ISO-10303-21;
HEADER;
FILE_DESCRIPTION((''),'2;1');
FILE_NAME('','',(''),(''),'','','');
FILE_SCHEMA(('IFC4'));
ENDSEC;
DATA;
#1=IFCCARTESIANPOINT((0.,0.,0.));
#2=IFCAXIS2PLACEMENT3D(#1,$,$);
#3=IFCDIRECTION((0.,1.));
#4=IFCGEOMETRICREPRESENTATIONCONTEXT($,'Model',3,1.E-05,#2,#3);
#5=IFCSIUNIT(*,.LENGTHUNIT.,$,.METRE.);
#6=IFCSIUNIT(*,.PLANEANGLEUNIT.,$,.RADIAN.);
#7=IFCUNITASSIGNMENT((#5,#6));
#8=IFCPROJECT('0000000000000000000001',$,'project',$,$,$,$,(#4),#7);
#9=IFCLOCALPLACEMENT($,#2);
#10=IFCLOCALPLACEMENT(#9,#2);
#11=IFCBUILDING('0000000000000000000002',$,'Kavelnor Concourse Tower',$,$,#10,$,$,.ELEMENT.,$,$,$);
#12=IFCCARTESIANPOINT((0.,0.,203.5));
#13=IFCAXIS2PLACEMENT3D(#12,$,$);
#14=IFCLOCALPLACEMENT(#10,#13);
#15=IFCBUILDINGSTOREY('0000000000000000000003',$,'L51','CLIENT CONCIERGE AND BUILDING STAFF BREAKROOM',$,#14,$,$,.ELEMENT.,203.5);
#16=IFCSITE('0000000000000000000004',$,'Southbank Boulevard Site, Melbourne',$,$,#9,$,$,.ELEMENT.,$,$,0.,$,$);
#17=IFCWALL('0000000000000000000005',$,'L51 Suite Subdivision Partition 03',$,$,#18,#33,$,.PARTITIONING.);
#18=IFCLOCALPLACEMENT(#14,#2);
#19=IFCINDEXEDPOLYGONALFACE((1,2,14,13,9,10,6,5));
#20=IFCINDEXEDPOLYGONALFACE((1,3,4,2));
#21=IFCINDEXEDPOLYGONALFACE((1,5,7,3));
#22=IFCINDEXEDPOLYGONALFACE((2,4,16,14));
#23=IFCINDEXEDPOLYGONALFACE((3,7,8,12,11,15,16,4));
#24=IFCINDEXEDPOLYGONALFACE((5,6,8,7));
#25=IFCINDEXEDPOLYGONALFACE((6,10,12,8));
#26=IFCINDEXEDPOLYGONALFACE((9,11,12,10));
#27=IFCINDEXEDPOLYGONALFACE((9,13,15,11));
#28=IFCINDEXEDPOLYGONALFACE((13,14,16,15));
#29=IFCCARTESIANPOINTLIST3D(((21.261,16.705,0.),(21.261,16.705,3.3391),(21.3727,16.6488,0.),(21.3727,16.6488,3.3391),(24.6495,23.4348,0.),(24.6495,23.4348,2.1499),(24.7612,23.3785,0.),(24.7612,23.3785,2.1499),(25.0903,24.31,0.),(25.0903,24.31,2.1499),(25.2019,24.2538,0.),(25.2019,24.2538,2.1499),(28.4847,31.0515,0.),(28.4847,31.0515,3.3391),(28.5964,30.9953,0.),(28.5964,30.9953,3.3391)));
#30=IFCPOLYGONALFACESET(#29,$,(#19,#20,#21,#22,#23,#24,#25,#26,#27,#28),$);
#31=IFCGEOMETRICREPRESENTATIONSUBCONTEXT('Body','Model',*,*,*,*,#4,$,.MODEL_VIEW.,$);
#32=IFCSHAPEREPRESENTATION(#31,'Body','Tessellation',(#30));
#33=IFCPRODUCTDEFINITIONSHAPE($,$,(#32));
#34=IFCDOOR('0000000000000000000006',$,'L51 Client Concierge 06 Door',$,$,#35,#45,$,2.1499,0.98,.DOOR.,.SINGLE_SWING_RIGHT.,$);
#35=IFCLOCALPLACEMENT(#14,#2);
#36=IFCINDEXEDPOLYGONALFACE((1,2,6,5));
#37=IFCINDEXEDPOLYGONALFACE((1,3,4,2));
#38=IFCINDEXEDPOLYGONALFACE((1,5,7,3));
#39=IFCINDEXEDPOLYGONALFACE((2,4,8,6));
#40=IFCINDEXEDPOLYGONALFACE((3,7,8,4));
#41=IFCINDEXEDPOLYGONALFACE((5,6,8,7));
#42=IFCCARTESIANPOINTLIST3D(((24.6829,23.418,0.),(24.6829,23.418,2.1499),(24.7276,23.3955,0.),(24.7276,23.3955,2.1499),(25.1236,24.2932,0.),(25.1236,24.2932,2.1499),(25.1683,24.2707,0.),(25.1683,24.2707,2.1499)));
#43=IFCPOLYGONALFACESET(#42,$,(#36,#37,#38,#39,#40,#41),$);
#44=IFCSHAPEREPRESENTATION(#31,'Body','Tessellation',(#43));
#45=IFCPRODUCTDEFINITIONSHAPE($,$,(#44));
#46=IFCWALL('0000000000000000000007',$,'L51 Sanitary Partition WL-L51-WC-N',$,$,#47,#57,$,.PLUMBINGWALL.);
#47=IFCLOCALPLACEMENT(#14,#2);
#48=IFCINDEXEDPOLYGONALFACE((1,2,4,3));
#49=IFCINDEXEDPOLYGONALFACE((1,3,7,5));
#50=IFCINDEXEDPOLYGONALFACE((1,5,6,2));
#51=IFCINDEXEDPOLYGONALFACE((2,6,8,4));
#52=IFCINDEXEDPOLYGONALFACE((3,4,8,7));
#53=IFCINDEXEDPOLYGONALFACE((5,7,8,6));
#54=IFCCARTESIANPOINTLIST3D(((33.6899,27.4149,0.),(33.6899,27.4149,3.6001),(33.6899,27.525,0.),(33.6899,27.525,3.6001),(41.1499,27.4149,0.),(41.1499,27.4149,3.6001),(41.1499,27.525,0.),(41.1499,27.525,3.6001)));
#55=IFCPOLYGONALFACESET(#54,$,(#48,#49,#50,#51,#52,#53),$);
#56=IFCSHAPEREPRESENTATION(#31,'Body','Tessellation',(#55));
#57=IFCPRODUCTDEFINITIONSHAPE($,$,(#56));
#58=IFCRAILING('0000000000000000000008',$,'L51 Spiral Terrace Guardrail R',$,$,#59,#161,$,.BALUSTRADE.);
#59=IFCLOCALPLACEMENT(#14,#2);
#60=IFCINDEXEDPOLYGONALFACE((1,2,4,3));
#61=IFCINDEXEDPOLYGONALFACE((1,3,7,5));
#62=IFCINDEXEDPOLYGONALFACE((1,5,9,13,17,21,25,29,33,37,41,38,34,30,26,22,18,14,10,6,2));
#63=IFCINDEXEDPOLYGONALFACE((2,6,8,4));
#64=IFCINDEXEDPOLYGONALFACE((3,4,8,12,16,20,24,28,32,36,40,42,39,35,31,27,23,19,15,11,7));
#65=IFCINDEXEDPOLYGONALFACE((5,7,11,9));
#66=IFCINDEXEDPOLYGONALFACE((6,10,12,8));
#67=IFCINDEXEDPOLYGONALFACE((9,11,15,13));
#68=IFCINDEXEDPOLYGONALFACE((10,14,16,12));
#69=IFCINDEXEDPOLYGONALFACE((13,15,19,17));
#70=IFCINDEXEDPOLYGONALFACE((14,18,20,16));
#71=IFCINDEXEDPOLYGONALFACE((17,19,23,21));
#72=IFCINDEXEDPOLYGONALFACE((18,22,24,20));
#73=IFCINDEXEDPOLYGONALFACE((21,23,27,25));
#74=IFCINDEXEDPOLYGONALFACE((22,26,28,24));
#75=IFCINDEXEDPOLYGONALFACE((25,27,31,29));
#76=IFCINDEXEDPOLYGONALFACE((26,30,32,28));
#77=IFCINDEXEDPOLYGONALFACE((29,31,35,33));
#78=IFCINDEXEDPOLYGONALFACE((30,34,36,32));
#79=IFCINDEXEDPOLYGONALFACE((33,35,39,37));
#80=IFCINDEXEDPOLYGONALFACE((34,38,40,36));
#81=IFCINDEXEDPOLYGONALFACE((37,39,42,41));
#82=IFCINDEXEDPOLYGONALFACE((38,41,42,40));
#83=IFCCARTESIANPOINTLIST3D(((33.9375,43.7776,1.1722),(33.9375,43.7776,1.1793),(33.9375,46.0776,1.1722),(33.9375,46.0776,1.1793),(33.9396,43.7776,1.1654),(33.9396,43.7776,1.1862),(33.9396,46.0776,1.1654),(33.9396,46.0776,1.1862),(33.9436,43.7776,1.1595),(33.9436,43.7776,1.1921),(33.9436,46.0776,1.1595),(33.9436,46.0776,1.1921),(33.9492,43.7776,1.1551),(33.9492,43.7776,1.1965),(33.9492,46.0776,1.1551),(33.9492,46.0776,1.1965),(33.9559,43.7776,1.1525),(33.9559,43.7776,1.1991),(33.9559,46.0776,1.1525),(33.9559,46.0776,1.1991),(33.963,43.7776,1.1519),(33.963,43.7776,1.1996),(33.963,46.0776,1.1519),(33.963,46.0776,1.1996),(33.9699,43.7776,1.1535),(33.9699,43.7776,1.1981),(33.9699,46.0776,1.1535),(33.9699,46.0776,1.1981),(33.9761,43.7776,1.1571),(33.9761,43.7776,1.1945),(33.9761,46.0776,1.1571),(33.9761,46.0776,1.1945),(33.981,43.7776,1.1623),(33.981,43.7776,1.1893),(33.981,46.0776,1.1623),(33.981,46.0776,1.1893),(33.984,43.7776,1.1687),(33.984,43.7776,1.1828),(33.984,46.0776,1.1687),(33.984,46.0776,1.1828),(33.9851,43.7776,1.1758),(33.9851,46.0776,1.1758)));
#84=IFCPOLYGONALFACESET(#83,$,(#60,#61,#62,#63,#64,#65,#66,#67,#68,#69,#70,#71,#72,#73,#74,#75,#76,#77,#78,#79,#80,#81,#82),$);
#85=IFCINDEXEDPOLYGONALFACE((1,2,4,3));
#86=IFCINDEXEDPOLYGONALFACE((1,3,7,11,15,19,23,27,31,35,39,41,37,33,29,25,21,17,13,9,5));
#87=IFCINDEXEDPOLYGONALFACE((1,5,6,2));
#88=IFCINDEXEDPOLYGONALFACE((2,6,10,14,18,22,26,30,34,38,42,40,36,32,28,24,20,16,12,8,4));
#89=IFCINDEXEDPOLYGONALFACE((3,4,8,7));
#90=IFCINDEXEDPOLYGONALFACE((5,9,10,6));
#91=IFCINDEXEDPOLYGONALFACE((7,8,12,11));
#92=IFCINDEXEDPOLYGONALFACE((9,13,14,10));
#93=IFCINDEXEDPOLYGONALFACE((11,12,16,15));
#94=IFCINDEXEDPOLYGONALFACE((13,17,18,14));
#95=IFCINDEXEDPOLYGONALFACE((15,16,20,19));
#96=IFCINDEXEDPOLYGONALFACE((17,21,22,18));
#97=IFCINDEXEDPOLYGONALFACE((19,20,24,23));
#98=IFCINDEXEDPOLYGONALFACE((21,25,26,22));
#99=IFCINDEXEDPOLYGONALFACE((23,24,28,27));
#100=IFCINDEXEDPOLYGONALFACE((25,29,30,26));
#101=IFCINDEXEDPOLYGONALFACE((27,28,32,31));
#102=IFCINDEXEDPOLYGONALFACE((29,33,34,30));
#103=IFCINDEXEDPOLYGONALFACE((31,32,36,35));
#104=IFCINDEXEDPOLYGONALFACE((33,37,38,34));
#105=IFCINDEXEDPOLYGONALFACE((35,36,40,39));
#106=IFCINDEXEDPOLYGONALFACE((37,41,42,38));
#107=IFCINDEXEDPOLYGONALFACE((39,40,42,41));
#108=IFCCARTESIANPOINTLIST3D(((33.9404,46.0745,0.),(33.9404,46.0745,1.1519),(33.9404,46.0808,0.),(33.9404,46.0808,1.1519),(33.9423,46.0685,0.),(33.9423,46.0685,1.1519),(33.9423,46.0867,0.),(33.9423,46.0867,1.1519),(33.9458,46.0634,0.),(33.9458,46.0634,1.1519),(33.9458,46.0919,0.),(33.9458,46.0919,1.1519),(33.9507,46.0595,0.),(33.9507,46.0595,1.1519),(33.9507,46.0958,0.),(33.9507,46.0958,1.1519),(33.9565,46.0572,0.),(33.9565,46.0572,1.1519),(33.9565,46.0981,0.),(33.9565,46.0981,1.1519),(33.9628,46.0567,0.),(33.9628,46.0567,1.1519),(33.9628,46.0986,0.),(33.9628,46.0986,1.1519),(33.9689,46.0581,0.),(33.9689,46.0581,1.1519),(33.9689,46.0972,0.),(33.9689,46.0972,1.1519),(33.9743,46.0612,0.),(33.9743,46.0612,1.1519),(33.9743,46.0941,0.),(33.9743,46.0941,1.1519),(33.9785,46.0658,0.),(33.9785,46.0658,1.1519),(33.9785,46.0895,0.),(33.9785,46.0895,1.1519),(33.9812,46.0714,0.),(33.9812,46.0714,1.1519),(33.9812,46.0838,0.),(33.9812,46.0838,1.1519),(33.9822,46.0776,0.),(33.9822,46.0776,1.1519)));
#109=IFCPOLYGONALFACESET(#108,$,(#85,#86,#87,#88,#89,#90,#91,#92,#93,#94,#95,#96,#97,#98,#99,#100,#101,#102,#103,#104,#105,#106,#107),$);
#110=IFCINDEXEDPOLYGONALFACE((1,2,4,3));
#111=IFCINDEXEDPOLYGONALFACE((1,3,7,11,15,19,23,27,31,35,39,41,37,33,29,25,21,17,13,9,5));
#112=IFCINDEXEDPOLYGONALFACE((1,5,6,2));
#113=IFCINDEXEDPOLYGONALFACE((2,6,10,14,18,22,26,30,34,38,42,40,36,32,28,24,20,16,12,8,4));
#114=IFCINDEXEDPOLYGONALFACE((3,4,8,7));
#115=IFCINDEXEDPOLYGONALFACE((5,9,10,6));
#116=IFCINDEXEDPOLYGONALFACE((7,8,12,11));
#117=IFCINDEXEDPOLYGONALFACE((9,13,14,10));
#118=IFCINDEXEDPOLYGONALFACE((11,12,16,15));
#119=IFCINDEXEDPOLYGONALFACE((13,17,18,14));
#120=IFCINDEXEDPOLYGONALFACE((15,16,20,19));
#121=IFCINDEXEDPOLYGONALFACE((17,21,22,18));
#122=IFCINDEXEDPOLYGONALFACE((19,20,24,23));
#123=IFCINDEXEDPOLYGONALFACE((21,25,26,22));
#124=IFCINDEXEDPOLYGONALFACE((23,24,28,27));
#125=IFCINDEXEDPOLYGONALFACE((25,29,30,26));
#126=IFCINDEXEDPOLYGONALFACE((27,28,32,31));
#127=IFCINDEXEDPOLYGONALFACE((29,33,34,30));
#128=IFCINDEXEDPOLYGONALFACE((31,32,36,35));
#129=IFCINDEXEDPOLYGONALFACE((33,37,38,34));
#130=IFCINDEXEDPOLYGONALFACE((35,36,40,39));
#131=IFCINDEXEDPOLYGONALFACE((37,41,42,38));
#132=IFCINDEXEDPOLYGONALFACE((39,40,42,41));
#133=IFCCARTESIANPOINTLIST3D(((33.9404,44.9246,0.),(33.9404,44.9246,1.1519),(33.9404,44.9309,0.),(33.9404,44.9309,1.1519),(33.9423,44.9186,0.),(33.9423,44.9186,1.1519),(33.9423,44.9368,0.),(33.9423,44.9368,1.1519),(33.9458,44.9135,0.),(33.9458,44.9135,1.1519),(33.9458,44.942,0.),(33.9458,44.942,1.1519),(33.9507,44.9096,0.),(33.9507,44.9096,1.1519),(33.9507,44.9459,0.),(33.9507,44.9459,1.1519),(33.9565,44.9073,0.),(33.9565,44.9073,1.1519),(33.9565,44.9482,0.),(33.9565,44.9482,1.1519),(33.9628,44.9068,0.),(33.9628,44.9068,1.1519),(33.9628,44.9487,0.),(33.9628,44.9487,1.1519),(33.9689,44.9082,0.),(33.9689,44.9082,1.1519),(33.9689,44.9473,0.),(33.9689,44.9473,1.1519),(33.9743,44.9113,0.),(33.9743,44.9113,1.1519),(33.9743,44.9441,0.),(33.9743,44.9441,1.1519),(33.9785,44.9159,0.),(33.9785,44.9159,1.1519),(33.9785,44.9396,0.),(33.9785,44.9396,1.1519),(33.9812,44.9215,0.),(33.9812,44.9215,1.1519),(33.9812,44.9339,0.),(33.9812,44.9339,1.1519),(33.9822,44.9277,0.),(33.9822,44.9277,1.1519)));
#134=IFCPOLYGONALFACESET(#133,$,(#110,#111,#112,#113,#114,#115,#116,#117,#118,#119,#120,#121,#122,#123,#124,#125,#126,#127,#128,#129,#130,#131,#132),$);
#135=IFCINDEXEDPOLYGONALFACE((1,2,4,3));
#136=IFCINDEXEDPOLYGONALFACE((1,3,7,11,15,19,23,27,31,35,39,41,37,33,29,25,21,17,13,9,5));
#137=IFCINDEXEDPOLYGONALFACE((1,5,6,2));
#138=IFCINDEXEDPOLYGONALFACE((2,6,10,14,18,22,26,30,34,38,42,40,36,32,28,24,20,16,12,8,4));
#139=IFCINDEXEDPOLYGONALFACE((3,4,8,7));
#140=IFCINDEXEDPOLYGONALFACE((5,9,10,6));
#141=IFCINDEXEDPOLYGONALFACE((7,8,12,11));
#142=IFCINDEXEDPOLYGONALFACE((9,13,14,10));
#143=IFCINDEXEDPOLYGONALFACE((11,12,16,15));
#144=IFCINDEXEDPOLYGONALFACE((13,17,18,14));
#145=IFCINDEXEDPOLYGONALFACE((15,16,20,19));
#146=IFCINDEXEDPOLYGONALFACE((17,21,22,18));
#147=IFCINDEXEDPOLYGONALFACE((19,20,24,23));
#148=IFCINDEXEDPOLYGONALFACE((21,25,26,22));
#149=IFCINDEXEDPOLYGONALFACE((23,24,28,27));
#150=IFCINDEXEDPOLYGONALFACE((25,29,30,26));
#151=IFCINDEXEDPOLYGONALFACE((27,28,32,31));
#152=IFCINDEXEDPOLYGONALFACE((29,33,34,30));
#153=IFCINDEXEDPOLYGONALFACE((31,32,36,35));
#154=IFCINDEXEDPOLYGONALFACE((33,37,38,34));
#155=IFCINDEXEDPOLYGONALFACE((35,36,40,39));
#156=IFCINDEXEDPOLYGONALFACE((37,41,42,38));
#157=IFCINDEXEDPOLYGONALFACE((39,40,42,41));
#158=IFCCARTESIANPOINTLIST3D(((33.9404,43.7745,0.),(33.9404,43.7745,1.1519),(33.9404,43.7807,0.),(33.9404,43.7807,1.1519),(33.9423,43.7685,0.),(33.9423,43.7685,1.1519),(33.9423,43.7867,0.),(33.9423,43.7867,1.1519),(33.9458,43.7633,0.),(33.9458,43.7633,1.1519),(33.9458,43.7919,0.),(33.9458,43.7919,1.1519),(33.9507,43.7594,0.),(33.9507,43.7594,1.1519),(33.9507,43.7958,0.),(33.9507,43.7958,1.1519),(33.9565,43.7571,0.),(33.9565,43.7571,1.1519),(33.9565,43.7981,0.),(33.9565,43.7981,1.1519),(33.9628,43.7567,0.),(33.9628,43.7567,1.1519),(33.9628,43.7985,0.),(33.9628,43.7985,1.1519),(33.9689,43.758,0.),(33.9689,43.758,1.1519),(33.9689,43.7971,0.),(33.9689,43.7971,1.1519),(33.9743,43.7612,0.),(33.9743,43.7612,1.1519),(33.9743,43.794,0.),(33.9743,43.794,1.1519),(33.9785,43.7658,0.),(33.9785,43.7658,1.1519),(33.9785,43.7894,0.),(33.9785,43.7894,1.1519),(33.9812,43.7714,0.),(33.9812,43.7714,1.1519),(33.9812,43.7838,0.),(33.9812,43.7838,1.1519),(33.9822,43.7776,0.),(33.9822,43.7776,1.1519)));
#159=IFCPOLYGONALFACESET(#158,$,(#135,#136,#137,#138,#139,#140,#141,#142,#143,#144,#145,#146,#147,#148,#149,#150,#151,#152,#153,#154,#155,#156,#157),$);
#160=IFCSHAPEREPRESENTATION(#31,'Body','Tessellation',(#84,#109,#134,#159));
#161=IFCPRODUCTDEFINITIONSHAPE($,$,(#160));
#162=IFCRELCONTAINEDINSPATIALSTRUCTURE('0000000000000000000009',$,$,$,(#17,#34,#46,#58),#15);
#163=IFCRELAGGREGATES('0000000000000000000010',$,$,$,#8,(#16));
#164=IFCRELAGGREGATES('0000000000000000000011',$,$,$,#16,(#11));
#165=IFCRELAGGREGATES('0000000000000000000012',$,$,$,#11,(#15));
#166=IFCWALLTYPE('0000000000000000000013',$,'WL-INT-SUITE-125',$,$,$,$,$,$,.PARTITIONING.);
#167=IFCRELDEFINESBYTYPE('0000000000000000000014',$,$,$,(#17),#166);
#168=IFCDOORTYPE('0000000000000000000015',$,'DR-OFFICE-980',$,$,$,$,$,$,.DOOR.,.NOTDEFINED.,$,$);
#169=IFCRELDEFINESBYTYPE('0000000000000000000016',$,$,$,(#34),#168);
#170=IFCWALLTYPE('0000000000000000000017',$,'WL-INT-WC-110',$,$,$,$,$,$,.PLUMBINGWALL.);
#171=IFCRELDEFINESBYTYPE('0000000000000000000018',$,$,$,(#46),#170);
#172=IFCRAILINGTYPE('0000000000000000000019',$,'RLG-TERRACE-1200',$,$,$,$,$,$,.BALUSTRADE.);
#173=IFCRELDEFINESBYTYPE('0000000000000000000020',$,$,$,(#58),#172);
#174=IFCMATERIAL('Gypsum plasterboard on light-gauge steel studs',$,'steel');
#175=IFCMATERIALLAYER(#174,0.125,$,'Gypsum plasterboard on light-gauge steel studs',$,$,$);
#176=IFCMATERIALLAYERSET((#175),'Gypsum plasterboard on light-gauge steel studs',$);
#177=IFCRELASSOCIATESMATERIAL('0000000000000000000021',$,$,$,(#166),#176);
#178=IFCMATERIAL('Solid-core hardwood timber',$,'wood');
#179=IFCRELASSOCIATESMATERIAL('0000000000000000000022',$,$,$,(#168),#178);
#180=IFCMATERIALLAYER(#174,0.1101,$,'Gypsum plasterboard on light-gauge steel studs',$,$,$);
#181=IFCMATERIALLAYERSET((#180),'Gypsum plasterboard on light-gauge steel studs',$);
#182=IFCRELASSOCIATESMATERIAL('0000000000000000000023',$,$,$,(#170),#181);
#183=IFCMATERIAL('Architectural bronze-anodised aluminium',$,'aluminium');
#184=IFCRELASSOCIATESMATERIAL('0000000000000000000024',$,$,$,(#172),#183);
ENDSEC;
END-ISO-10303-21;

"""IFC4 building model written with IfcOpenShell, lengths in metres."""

from ifc_helpers import new_model, si_unit, direction, frame, frame_2d, origin, origin_2d, place, context, subcontext, project, spatial, rectangle, circle, extrude, material, layer, layer_set, type_object, element, fill, save


model = new_model("IFC4")

# Units and contexts
model_context = context("Model", 3, precision=1e-05, world=origin(), true_north=direction((0.0, 1.0)))
body_context = subcontext(model_context, "Body", "Model", "MODEL_VIEW")
ifc_project = project(units=[si_unit("LENGTHUNIT", "METRE"), si_unit("PLANEANGLEUNIT", "RADIAN")], contexts=[model_context])

# Site, building, storey
site_placement = place(None, origin())
site = spatial("IfcSite", under=ifc_project, at=site_placement, Name="Southbank Boulevard Site, Melbourne", CompositionType="ELEMENT", RefElevation=0.0)
building_placement = place(site_placement, origin())
building = spatial("IfcBuilding", under=site, at=building_placement, Name="Kavelnor Concourse Tower", CompositionType="ELEMENT")
storey_placement = place(building_placement, frame((0.0, 0.0, 203.5)))
storey = spatial("IfcBuildingStorey", under=building, at=storey_placement, Name="L51", Description="CLIENT CONCIERGE AND BUILDING STAFF BREAKROOM", CompositionType="ELEMENT", Elevation=203.5)

# Shared definitions
ifc_material_1 = material(Name="Gypsum plasterboard on light-gauge steel studs", Category="steel")
ifc_layer_1 = layer(ifc_material_1, 0.125, Name="Gypsum plasterboard on light-gauge steel studs")
ifc_layer_set_1 = layer_set([ifc_layer_1], Name="Gypsum plasterboard on light-gauge steel studs")
wall_type_1 = type_object("IfcWallType", Name="WL-INT-SUITE-125", PredefinedType="PARTITIONING", material=ifc_layer_set_1)

# Wall, opening, door
wall_1_placement = place(storey_placement, frame((28.5405, 31.0234, 0.0), z_axis=(0.0, 0.0, 1.0), x_axis=(-0.449723, -0.893168, 0.0)))
wall_1 = element("IfcWall", 1, at=wall_1_placement, inside=storey, type_object=wall_type_1, Name="L51 Suite Subdivision Partition 03", PredefinedType="PARTITIONING", context=body_context, shape_type="SweptSolid", body=[
    extrude(rectangle(XDim=16.0625, YDim=0.125, at=frame_2d((8.0312, 0.0))), origin(), (0.0, 0.0, 1.0), 3.3391),
])
opening_1_placement = place(wall_1_placement, frame((7.5479, 0.0, 0.0)))
opening_1 = element("IfcOpeningElement", 2, at=opening_1_placement, cuts=wall_1, PredefinedType="OPENING", context=body_context, shape_type="SweptSolid", body=[
    extrude(rectangle(XDim=0.98, YDim=2.1499, at=frame_2d((0.49, 1.075))), frame((0.0, 0.0725, 0.0), z_axis=(0.0, -1.0, 0.0), x_axis=(1.0, 0.0, 0.0)), (0.0, 0.0, 1.0), 0.145),
])
ifc_material_2 = material(Name="Solid-core hardwood timber", Category="wood")
door_type_1 = type_object("IfcDoorType", Name="DR-OFFICE-980", OperationType="NOTDEFINED", PredefinedType="DOOR", material=ifc_material_2)
door_1_placement = place(opening_1_placement, origin())
door_1 = element("IfcDoor", 3, at=door_1_placement, inside=storey, type_object=door_type_1, Name="L51 Client Concierge 06 Door", OperationType="SINGLE_SWING_RIGHT", OverallHeight=2.1499, OverallWidth=0.98, PredefinedType="DOOR", context=body_context, shape_type="SweptSolid", body=[
    extrude(rectangle(XDim=0.98, YDim=2.1499, at=frame_2d((0.49, 1.075))), frame((0.0, 0.0249, 0.0), z_axis=(0.0, -1.0, 0.0), x_axis=(1.0, 0.0, 0.0)), (0.0, 0.0, 1.0), 0.05),
])
fill(opening_1, door_1)

# Wall
ifc_layer_2 = layer(ifc_material_1, 0.1101, Name="Gypsum plasterboard on light-gauge steel studs")
ifc_layer_set_2 = layer_set([ifc_layer_2], Name="Gypsum plasterboard on light-gauge steel studs")
wall_type_2 = type_object("IfcWallType", Name="WL-INT-WC-110", PredefinedType="PLUMBINGWALL", material=ifc_layer_set_2)
wall_2_placement = place(storey_placement, frame((33.6899, 27.47, 0.0), z_axis=(0.0, 0.0, 1.0), x_axis=(1.0, 0.0, 0.0)))
element("IfcWall", 4, at=wall_2_placement, inside=storey, type_object=wall_type_2, Name="L51 Sanitary Partition WL-L51-WC-N", PredefinedType="PLUMBINGWALL", context=body_context, shape_type="SweptSolid", body=[
    extrude(rectangle(XDim=7.46, YDim=0.1101, at=frame_2d((3.73, 0.0))), origin(), (0.0, 0.0, 1.0), 3.6001),
])

# Railing
ifc_material_3 = material(Name="Architectural bronze-anodised aluminium", Category="aluminium")
railing_type = type_object("IfcRailingType", Name="RLG-TERRACE-1200", PredefinedType="BALUSTRADE", material=ifc_material_3)
railing_placement = place(storey_placement, frame((33.9612, 46.0776, 0.0)))
element("IfcRailing", 5, at=railing_placement, inside=storey, type_object=railing_type, Name="L51 Spiral Terrace Guardrail R", PredefinedType="BALUSTRADE", context=body_context, shape_type="SweptSolid", body=[
    extrude(circle(Radius=0.0239, at=origin_2d()), frame((0.0, 0.0, 1.1758), z_axis=(0.0, -1.0, 0.0), x_axis=(1.0, 0.0, 0.0)), (0.0, 0.0, 1.0), 2.3),
    extrude(circle(Radius=0.021, at=origin_2d()), origin(), (0.0, 0.0, 1.0), 1.1519),
    extrude(circle(Radius=0.021, at=origin_2d()), frame((0.0, -1.1499, 0.0)), (0.0, 0.0, 1.0), 1.1519),
    extrude(circle(Radius=0.021, at=origin_2d()), frame((0.0, -2.3, 0.0)), (0.0, 0.0, 1.0), 1.1519),
])

save(model, "model.ifc")
